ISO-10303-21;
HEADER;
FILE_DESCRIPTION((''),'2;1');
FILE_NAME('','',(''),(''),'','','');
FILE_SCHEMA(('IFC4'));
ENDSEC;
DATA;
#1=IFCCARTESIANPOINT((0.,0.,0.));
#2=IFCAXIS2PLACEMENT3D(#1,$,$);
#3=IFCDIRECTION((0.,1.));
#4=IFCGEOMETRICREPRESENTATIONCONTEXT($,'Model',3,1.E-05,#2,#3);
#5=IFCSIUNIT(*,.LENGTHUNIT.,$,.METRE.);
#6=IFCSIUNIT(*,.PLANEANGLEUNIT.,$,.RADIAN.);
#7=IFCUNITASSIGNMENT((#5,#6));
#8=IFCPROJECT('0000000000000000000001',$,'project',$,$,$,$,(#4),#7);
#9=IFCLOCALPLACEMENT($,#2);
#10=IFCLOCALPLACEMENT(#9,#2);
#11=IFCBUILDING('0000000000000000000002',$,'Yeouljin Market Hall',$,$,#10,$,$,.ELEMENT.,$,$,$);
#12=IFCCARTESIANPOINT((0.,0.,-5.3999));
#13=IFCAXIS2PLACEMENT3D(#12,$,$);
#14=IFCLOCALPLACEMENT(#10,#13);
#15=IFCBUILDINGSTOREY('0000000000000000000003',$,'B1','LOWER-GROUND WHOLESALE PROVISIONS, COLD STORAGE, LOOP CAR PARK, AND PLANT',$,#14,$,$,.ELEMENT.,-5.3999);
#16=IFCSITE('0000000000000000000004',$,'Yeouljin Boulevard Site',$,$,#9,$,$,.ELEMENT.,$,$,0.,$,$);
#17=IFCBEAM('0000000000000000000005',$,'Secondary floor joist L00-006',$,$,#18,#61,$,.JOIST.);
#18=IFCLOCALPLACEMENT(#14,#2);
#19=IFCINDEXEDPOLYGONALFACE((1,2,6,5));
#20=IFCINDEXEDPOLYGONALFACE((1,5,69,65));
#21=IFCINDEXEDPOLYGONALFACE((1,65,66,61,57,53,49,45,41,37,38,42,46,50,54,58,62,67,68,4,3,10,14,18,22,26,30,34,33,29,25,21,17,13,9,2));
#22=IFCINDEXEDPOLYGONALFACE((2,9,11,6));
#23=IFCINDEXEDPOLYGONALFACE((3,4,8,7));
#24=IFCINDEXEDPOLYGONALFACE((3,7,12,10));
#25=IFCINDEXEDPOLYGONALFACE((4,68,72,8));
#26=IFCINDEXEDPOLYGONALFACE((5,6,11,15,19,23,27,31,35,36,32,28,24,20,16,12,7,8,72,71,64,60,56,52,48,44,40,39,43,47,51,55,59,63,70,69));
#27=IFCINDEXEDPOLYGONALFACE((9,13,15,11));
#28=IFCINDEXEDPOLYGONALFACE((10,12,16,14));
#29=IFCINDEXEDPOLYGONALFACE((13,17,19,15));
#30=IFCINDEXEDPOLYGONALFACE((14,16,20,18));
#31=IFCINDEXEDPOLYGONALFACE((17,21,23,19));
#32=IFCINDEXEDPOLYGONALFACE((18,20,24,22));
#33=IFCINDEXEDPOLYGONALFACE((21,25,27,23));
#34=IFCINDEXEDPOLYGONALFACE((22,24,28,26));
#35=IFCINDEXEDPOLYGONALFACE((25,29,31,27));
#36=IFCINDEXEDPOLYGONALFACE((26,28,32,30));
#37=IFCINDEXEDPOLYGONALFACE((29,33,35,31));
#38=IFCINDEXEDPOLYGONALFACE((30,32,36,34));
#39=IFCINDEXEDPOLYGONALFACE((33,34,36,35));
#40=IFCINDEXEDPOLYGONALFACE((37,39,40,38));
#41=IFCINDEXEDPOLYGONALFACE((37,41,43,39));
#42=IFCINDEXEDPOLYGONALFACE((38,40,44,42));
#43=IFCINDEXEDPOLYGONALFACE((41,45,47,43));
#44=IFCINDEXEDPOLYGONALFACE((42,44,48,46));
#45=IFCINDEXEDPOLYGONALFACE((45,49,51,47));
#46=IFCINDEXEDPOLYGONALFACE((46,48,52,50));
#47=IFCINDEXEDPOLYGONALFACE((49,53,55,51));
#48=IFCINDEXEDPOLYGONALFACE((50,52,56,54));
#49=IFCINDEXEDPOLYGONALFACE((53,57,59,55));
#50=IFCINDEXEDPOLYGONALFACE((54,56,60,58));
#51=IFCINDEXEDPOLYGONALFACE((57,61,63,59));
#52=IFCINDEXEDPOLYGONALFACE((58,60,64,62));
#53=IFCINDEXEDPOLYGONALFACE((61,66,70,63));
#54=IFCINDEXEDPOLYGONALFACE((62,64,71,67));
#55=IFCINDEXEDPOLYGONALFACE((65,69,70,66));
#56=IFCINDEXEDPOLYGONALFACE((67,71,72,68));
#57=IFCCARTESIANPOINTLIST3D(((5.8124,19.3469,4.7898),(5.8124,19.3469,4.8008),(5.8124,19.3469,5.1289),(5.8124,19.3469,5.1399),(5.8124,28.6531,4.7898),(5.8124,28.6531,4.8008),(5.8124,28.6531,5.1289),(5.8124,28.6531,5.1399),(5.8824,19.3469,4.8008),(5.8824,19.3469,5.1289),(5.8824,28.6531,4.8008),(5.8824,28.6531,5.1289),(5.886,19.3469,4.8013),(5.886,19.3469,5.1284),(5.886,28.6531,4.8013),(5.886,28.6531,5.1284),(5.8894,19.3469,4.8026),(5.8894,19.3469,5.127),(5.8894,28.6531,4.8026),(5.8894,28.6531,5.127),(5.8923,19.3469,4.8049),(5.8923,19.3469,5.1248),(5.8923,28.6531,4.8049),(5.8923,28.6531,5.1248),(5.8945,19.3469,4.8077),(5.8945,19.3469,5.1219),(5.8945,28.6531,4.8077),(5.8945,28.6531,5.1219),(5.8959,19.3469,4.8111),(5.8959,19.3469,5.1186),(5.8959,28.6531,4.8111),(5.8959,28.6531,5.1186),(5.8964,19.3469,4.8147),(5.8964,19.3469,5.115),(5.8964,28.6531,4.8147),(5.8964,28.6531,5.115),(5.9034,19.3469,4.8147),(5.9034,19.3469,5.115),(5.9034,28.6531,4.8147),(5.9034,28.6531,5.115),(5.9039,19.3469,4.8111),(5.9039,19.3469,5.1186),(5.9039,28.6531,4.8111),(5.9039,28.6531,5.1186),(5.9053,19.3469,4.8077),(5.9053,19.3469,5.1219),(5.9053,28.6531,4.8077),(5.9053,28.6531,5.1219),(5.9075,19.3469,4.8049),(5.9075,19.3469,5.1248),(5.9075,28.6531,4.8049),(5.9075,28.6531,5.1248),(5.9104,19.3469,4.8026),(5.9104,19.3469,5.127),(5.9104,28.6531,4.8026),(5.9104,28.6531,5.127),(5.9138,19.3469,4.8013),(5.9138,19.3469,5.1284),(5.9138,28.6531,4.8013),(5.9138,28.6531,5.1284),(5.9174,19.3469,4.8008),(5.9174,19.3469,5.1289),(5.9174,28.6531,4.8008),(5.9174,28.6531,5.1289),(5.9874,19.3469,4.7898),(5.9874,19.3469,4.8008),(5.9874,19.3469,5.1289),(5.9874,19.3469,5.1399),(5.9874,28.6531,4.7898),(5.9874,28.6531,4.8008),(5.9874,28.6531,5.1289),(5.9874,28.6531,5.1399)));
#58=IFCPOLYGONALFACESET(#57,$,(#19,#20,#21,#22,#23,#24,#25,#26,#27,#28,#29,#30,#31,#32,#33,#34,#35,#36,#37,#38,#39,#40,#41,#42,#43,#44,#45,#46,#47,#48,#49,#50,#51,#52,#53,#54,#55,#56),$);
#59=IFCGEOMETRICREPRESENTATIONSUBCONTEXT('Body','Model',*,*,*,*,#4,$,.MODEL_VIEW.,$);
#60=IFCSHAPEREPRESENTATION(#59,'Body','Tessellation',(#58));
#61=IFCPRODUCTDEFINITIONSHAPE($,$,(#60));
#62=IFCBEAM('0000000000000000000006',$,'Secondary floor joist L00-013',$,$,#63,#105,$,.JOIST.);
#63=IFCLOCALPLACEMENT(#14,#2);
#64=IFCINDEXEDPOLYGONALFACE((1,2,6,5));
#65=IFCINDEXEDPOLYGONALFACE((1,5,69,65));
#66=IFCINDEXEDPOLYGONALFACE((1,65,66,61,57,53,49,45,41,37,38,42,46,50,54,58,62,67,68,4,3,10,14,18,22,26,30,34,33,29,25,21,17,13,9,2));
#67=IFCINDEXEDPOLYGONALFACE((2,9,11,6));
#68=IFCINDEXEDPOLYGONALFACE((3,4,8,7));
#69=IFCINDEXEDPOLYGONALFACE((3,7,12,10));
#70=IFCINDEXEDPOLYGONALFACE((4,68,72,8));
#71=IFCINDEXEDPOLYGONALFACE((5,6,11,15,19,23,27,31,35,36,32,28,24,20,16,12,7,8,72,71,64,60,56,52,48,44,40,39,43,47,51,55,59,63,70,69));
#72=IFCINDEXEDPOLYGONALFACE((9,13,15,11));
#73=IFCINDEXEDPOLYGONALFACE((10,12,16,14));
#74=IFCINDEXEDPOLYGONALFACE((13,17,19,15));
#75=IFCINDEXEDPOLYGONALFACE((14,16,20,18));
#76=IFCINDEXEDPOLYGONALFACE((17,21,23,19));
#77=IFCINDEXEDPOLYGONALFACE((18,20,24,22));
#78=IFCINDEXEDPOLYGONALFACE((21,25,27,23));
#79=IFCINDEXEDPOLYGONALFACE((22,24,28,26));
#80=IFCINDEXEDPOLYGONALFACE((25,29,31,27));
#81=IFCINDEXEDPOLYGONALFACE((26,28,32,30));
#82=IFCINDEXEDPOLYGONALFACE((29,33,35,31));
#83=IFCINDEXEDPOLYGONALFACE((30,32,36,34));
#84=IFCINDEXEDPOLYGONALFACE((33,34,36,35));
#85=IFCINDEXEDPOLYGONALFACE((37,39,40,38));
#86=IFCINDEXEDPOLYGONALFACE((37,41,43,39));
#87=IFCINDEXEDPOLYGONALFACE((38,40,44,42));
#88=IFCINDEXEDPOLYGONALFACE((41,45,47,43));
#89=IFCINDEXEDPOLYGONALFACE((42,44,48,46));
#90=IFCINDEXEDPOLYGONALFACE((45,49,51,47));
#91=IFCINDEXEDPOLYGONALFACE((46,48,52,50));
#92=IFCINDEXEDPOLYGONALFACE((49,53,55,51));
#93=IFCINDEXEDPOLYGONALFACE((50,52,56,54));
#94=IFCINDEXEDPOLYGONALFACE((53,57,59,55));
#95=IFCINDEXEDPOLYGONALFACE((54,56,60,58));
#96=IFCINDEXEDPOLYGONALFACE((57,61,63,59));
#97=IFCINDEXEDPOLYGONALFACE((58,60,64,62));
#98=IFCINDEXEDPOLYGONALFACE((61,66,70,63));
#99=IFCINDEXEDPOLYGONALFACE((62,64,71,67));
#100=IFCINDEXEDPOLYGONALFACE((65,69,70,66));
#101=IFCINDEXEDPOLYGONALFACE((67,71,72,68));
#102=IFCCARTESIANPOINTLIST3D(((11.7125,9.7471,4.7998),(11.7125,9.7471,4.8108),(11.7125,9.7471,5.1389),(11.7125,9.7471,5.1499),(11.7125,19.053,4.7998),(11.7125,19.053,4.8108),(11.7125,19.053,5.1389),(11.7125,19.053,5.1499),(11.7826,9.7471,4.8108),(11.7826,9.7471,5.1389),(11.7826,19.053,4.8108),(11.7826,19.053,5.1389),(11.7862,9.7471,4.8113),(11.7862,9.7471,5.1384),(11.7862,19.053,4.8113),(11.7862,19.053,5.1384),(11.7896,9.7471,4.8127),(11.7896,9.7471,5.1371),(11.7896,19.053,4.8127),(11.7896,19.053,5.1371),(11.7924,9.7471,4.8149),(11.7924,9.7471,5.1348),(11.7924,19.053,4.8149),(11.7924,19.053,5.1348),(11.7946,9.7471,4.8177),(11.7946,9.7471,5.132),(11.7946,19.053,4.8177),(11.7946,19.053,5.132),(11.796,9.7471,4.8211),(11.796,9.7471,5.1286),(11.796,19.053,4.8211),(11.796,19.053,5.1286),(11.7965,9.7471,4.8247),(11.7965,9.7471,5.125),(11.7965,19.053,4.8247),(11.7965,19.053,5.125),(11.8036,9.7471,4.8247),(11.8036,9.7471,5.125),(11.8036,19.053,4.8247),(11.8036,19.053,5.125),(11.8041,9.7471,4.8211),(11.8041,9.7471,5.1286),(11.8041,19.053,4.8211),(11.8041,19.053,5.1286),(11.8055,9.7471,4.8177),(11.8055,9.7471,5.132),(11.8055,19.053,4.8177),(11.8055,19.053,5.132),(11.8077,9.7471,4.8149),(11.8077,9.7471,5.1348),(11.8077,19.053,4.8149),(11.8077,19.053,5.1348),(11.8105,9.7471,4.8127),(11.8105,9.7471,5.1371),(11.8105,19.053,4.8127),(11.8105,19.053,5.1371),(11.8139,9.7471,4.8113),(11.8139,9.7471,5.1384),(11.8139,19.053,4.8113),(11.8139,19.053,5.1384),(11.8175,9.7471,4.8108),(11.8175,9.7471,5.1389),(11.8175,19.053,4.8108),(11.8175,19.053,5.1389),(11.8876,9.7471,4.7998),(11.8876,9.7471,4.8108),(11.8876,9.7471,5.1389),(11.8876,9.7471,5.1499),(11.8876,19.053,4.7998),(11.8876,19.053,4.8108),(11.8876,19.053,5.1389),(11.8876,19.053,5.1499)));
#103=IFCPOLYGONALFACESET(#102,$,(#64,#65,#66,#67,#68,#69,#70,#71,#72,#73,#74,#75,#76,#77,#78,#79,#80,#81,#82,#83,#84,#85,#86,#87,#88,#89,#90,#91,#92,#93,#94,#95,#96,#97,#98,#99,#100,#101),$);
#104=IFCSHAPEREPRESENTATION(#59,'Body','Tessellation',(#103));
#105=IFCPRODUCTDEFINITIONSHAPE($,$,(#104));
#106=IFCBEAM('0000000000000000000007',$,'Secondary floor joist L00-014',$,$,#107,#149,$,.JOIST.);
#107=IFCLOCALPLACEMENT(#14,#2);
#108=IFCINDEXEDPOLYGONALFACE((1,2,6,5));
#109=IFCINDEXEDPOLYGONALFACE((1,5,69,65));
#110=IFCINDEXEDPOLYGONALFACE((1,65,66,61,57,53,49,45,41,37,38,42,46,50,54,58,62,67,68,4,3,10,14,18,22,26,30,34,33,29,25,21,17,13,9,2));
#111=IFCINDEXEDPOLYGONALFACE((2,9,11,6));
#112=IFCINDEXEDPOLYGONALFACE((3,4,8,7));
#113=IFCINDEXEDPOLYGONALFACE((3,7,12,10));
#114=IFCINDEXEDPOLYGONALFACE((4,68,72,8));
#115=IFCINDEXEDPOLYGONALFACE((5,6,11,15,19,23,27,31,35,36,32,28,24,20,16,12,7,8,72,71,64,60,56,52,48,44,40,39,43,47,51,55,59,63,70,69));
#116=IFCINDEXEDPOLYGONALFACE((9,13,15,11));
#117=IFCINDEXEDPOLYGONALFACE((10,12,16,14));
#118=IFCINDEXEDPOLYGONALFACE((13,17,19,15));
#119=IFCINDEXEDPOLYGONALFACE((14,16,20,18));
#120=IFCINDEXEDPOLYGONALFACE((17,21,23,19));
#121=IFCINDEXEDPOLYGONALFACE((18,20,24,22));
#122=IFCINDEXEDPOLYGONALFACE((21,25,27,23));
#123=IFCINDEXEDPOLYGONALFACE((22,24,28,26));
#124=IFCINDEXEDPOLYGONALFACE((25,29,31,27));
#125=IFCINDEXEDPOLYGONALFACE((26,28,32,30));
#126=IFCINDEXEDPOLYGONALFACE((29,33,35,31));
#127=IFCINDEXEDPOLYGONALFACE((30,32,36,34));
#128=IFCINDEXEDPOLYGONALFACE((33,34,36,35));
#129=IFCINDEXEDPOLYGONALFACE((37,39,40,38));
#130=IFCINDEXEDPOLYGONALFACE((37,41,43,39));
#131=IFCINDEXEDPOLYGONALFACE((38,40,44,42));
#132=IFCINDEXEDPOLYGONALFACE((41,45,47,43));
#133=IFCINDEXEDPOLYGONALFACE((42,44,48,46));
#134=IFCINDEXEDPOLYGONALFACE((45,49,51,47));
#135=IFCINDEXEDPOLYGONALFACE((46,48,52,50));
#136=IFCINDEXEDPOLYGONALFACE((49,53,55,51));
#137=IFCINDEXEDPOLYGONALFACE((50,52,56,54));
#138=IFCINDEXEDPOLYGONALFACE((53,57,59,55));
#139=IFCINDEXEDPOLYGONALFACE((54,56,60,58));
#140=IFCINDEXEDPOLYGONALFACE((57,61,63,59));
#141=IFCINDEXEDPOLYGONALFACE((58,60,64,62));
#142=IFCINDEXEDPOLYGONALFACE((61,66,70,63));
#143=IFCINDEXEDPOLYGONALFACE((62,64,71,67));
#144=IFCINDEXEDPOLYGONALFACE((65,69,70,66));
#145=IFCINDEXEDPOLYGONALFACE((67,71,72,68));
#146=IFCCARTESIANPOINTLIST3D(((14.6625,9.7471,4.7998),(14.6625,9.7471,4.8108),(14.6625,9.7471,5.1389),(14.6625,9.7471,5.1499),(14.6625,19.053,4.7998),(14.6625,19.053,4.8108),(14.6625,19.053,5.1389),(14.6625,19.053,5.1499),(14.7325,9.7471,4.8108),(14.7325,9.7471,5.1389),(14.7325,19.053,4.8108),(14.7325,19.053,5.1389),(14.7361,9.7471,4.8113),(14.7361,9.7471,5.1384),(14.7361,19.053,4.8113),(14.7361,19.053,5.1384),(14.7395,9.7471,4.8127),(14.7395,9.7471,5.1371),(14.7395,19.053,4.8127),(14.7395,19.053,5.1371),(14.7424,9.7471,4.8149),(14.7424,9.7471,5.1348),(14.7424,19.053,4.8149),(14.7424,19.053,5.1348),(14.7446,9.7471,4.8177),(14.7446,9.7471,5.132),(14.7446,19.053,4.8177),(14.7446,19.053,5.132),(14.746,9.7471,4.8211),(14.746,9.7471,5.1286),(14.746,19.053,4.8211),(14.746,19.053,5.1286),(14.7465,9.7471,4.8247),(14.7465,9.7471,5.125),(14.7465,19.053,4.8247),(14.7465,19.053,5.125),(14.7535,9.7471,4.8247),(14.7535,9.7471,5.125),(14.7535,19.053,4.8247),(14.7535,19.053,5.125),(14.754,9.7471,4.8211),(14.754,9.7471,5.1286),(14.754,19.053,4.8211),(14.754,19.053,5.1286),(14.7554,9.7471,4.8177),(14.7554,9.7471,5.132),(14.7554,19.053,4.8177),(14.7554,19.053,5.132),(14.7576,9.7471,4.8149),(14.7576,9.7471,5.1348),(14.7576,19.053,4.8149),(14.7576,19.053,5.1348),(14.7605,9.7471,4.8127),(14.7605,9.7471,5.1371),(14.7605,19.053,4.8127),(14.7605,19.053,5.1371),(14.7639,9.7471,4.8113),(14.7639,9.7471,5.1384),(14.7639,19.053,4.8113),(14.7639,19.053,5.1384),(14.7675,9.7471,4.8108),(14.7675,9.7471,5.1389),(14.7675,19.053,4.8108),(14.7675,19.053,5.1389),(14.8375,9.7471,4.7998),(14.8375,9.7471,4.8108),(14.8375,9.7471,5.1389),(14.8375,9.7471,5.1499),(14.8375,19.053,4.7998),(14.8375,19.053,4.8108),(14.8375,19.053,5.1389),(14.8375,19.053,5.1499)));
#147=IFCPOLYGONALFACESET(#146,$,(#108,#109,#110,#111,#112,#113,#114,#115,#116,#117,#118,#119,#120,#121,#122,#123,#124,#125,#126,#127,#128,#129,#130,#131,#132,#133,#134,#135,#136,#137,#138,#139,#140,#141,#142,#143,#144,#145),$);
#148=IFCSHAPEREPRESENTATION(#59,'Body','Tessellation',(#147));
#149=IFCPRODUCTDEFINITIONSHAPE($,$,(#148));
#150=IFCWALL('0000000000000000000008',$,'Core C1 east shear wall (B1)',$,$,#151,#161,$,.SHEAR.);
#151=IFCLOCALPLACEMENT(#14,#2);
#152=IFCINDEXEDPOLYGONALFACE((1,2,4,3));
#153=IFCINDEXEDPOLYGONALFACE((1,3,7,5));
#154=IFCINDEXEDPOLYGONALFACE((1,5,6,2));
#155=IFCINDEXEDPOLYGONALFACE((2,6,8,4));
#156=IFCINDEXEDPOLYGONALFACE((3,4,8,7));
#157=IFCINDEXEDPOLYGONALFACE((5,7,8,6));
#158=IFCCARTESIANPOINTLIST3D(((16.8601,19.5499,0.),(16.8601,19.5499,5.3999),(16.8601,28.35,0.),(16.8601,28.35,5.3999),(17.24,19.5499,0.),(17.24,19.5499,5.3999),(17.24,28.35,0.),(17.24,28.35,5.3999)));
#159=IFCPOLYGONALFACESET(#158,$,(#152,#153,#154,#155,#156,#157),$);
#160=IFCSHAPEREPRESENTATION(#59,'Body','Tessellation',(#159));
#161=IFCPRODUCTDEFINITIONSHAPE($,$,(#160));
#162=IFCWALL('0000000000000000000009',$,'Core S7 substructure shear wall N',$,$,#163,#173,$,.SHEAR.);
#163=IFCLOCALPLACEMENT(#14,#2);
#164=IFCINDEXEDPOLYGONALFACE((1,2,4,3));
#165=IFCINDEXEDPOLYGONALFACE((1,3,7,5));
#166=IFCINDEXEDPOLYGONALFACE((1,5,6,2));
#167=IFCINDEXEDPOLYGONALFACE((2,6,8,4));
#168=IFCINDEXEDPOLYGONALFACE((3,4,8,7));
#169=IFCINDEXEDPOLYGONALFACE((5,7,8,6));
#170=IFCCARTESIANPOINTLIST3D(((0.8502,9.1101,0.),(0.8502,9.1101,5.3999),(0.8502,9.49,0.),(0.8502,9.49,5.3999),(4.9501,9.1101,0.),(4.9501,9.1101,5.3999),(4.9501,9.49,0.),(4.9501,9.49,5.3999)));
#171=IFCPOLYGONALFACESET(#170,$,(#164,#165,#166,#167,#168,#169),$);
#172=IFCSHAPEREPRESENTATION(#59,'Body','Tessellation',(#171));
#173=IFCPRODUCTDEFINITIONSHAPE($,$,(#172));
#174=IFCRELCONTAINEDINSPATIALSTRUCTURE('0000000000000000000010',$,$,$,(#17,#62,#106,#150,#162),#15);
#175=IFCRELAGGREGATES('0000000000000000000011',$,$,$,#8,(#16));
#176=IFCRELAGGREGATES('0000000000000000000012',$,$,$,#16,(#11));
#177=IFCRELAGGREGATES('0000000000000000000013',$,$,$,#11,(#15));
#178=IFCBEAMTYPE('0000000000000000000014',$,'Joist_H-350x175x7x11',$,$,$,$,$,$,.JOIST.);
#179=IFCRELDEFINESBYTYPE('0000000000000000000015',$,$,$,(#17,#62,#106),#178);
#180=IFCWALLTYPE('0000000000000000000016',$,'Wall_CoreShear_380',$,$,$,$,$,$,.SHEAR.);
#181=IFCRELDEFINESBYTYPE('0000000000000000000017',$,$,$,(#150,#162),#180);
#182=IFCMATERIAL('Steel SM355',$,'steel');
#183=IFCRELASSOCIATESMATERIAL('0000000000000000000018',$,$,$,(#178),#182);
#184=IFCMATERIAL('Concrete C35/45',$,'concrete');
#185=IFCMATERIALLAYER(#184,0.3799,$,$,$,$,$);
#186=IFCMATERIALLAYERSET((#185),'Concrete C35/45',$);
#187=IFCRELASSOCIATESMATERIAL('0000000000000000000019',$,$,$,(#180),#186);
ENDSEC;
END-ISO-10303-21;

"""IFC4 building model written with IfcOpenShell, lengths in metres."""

from ifc_helpers import new_model, si_unit, direction, frame, frame_2d, origin, origin_2d, place, context, subcontext, project, spatial, rectangle, i_section, extrude, material, layer, layer_set, material_profile, profile_set, type_object, element, save


model = new_model("IFC4")

# Units and contexts
model_context = context("Model", 3, precision=1e-05, world=origin(), true_north=direction((0.0, 1.0)))
body_context = subcontext(model_context, "Body", "Model", "MODEL_VIEW")
ifc_project = project(units=[si_unit("LENGTHUNIT", "METRE"), si_unit("PLANEANGLEUNIT", "RADIAN")], contexts=[model_context])

# Site, building, storey
site_placement = place(None, origin())
site = spatial("IfcSite", under=ifc_project, at=site_placement, Name="Yeouljin Boulevard Site", CompositionType="ELEMENT", RefElevation=0.0)
building_placement = place(site_placement, origin())
building = spatial("IfcBuilding", under=site, at=building_placement, Name="Yeouljin Market Hall", CompositionType="ELEMENT")
storey_placement = place(building_placement, frame((0.0, 0.0, -5.3999)))
storey = spatial("IfcBuildingStorey", under=building, at=storey_placement, Name="B1", Description="LOWER-GROUND WHOLESALE PROVISIONS, COLD STORAGE, LOOP CAR PARK, AND PLANT", CompositionType="ELEMENT", Elevation=-5.3999)

# Beams
ifc_material_1 = material(Name="Steel SM355", Category="steel")
ifc_material_profile_1 = material_profile(ifc_material_1, i_section(OverallWidth=0.175, OverallDepth=0.3501, WebThickness=0.0071, FlangeThickness=0.011, FilletRadius=0.0139, at=origin_2d()), Name="H-350x175x7x11")
ifc_profile_set_1 = profile_set([ifc_material_profile_1], Name="Steel SM355")
beam_type_1 = type_object("IfcBeamType", Name="Joist_H-350x175x7x11", PredefinedType="JOIST", material=ifc_profile_set_1)
for number, where, z_axis, x_axis, name in (
    (1, (5.8999, 19.3469, 4.9648), (0.0, 1.0, 0.0), (-1.0, 0.0, 0.0), "Secondary floor joist L00-006"),
):
    element("IfcBeam", number, at=place(storey_placement, frame(where, z_axis=z_axis, x_axis=x_axis)), inside=storey, type_object=beam_type_1, Name=name, PredefinedType="JOIST", context=body_context, shape_type="SweptSolid", body=[
        extrude(i_section(OverallWidth=0.175, OverallDepth=0.3501, WebThickness=0.0071, FlangeThickness=0.011, FilletRadius=0.0139, at=origin_2d()), origin(), (0.0, 0.0, 1.0), 9.3062),
    ])
for number, where, z_axis, x_axis, name in (
    (2, (11.8, 9.7471, 4.9749), (0.0, 1.0, 0.0), (-1.0, 0.0, 0.0), "Secondary floor joist L00-013"),
    (3, (14.75, 9.7471, 4.9749), (0.0, 1.0, 0.0), (-1.0, 0.0, 0.0), "Secondary floor joist L00-014"),
):
    element("IfcBeam", number, at=place(storey_placement, frame(where, z_axis=z_axis, x_axis=x_axis)), inside=storey, type_object=beam_type_1, Name=name, PredefinedType="JOIST", context=body_context, shape_type="SweptSolid", body=[
        extrude(i_section(OverallWidth=0.175, OverallDepth=0.3501, WebThickness=0.0071, FlangeThickness=0.011, FilletRadius=0.0139, at=origin_2d()), origin(), (0.0, 0.0, 1.0), 9.3059),
    ])

# Shared definitions
ifc_material_2 = material(Name="Concrete C35/45", Category="concrete")
ifc_layer = layer(ifc_material_2, 0.3799)
ifc_layer_set = layer_set([ifc_layer], Name="Concrete C35/45")
wall_type = type_object("IfcWallType", Name="Wall_CoreShear_380", PredefinedType="SHEAR", material=ifc_layer_set)

# Walls
wall_1_placement = place(storey_placement, frame((17.05, 19.55, 0.0), z_axis=(0.0, 0.0, 1.0), x_axis=(0.0, 1.0, 0.0)))
element("IfcWall", 4, at=wall_1_placement, inside=storey, type_object=wall_type, Name="Core C1 east shear wall (B1)", PredefinedType="SHEAR", context=body_context, shape_type="SweptSolid", body=[
    extrude(rectangle(XDim=8.8, YDim=0.3799, at=frame_2d((4.3999, 0.0))), origin(), (0.0, 0.0, 1.0), 5.3999),
])
wall_2_placement = place(storey_placement, frame((4.95, 9.3, 0.0), z_axis=(0.0, 0.0, 1.0), x_axis=(-1.0, 0.0, 0.0)))
element("IfcWall", 5, at=wall_2_placement, inside=storey, type_object=wall_type, Name="Core S7 substructure shear wall N", PredefinedType="SHEAR", context=body_context, shape_type="SweptSolid", body=[
    extrude(rectangle(XDim=4.0999, YDim=0.3799, at=frame_2d((2.0498, 0.0))), origin(), (0.0, 0.0, 1.0), 5.3999),
])

save(model, "model.ifc")
